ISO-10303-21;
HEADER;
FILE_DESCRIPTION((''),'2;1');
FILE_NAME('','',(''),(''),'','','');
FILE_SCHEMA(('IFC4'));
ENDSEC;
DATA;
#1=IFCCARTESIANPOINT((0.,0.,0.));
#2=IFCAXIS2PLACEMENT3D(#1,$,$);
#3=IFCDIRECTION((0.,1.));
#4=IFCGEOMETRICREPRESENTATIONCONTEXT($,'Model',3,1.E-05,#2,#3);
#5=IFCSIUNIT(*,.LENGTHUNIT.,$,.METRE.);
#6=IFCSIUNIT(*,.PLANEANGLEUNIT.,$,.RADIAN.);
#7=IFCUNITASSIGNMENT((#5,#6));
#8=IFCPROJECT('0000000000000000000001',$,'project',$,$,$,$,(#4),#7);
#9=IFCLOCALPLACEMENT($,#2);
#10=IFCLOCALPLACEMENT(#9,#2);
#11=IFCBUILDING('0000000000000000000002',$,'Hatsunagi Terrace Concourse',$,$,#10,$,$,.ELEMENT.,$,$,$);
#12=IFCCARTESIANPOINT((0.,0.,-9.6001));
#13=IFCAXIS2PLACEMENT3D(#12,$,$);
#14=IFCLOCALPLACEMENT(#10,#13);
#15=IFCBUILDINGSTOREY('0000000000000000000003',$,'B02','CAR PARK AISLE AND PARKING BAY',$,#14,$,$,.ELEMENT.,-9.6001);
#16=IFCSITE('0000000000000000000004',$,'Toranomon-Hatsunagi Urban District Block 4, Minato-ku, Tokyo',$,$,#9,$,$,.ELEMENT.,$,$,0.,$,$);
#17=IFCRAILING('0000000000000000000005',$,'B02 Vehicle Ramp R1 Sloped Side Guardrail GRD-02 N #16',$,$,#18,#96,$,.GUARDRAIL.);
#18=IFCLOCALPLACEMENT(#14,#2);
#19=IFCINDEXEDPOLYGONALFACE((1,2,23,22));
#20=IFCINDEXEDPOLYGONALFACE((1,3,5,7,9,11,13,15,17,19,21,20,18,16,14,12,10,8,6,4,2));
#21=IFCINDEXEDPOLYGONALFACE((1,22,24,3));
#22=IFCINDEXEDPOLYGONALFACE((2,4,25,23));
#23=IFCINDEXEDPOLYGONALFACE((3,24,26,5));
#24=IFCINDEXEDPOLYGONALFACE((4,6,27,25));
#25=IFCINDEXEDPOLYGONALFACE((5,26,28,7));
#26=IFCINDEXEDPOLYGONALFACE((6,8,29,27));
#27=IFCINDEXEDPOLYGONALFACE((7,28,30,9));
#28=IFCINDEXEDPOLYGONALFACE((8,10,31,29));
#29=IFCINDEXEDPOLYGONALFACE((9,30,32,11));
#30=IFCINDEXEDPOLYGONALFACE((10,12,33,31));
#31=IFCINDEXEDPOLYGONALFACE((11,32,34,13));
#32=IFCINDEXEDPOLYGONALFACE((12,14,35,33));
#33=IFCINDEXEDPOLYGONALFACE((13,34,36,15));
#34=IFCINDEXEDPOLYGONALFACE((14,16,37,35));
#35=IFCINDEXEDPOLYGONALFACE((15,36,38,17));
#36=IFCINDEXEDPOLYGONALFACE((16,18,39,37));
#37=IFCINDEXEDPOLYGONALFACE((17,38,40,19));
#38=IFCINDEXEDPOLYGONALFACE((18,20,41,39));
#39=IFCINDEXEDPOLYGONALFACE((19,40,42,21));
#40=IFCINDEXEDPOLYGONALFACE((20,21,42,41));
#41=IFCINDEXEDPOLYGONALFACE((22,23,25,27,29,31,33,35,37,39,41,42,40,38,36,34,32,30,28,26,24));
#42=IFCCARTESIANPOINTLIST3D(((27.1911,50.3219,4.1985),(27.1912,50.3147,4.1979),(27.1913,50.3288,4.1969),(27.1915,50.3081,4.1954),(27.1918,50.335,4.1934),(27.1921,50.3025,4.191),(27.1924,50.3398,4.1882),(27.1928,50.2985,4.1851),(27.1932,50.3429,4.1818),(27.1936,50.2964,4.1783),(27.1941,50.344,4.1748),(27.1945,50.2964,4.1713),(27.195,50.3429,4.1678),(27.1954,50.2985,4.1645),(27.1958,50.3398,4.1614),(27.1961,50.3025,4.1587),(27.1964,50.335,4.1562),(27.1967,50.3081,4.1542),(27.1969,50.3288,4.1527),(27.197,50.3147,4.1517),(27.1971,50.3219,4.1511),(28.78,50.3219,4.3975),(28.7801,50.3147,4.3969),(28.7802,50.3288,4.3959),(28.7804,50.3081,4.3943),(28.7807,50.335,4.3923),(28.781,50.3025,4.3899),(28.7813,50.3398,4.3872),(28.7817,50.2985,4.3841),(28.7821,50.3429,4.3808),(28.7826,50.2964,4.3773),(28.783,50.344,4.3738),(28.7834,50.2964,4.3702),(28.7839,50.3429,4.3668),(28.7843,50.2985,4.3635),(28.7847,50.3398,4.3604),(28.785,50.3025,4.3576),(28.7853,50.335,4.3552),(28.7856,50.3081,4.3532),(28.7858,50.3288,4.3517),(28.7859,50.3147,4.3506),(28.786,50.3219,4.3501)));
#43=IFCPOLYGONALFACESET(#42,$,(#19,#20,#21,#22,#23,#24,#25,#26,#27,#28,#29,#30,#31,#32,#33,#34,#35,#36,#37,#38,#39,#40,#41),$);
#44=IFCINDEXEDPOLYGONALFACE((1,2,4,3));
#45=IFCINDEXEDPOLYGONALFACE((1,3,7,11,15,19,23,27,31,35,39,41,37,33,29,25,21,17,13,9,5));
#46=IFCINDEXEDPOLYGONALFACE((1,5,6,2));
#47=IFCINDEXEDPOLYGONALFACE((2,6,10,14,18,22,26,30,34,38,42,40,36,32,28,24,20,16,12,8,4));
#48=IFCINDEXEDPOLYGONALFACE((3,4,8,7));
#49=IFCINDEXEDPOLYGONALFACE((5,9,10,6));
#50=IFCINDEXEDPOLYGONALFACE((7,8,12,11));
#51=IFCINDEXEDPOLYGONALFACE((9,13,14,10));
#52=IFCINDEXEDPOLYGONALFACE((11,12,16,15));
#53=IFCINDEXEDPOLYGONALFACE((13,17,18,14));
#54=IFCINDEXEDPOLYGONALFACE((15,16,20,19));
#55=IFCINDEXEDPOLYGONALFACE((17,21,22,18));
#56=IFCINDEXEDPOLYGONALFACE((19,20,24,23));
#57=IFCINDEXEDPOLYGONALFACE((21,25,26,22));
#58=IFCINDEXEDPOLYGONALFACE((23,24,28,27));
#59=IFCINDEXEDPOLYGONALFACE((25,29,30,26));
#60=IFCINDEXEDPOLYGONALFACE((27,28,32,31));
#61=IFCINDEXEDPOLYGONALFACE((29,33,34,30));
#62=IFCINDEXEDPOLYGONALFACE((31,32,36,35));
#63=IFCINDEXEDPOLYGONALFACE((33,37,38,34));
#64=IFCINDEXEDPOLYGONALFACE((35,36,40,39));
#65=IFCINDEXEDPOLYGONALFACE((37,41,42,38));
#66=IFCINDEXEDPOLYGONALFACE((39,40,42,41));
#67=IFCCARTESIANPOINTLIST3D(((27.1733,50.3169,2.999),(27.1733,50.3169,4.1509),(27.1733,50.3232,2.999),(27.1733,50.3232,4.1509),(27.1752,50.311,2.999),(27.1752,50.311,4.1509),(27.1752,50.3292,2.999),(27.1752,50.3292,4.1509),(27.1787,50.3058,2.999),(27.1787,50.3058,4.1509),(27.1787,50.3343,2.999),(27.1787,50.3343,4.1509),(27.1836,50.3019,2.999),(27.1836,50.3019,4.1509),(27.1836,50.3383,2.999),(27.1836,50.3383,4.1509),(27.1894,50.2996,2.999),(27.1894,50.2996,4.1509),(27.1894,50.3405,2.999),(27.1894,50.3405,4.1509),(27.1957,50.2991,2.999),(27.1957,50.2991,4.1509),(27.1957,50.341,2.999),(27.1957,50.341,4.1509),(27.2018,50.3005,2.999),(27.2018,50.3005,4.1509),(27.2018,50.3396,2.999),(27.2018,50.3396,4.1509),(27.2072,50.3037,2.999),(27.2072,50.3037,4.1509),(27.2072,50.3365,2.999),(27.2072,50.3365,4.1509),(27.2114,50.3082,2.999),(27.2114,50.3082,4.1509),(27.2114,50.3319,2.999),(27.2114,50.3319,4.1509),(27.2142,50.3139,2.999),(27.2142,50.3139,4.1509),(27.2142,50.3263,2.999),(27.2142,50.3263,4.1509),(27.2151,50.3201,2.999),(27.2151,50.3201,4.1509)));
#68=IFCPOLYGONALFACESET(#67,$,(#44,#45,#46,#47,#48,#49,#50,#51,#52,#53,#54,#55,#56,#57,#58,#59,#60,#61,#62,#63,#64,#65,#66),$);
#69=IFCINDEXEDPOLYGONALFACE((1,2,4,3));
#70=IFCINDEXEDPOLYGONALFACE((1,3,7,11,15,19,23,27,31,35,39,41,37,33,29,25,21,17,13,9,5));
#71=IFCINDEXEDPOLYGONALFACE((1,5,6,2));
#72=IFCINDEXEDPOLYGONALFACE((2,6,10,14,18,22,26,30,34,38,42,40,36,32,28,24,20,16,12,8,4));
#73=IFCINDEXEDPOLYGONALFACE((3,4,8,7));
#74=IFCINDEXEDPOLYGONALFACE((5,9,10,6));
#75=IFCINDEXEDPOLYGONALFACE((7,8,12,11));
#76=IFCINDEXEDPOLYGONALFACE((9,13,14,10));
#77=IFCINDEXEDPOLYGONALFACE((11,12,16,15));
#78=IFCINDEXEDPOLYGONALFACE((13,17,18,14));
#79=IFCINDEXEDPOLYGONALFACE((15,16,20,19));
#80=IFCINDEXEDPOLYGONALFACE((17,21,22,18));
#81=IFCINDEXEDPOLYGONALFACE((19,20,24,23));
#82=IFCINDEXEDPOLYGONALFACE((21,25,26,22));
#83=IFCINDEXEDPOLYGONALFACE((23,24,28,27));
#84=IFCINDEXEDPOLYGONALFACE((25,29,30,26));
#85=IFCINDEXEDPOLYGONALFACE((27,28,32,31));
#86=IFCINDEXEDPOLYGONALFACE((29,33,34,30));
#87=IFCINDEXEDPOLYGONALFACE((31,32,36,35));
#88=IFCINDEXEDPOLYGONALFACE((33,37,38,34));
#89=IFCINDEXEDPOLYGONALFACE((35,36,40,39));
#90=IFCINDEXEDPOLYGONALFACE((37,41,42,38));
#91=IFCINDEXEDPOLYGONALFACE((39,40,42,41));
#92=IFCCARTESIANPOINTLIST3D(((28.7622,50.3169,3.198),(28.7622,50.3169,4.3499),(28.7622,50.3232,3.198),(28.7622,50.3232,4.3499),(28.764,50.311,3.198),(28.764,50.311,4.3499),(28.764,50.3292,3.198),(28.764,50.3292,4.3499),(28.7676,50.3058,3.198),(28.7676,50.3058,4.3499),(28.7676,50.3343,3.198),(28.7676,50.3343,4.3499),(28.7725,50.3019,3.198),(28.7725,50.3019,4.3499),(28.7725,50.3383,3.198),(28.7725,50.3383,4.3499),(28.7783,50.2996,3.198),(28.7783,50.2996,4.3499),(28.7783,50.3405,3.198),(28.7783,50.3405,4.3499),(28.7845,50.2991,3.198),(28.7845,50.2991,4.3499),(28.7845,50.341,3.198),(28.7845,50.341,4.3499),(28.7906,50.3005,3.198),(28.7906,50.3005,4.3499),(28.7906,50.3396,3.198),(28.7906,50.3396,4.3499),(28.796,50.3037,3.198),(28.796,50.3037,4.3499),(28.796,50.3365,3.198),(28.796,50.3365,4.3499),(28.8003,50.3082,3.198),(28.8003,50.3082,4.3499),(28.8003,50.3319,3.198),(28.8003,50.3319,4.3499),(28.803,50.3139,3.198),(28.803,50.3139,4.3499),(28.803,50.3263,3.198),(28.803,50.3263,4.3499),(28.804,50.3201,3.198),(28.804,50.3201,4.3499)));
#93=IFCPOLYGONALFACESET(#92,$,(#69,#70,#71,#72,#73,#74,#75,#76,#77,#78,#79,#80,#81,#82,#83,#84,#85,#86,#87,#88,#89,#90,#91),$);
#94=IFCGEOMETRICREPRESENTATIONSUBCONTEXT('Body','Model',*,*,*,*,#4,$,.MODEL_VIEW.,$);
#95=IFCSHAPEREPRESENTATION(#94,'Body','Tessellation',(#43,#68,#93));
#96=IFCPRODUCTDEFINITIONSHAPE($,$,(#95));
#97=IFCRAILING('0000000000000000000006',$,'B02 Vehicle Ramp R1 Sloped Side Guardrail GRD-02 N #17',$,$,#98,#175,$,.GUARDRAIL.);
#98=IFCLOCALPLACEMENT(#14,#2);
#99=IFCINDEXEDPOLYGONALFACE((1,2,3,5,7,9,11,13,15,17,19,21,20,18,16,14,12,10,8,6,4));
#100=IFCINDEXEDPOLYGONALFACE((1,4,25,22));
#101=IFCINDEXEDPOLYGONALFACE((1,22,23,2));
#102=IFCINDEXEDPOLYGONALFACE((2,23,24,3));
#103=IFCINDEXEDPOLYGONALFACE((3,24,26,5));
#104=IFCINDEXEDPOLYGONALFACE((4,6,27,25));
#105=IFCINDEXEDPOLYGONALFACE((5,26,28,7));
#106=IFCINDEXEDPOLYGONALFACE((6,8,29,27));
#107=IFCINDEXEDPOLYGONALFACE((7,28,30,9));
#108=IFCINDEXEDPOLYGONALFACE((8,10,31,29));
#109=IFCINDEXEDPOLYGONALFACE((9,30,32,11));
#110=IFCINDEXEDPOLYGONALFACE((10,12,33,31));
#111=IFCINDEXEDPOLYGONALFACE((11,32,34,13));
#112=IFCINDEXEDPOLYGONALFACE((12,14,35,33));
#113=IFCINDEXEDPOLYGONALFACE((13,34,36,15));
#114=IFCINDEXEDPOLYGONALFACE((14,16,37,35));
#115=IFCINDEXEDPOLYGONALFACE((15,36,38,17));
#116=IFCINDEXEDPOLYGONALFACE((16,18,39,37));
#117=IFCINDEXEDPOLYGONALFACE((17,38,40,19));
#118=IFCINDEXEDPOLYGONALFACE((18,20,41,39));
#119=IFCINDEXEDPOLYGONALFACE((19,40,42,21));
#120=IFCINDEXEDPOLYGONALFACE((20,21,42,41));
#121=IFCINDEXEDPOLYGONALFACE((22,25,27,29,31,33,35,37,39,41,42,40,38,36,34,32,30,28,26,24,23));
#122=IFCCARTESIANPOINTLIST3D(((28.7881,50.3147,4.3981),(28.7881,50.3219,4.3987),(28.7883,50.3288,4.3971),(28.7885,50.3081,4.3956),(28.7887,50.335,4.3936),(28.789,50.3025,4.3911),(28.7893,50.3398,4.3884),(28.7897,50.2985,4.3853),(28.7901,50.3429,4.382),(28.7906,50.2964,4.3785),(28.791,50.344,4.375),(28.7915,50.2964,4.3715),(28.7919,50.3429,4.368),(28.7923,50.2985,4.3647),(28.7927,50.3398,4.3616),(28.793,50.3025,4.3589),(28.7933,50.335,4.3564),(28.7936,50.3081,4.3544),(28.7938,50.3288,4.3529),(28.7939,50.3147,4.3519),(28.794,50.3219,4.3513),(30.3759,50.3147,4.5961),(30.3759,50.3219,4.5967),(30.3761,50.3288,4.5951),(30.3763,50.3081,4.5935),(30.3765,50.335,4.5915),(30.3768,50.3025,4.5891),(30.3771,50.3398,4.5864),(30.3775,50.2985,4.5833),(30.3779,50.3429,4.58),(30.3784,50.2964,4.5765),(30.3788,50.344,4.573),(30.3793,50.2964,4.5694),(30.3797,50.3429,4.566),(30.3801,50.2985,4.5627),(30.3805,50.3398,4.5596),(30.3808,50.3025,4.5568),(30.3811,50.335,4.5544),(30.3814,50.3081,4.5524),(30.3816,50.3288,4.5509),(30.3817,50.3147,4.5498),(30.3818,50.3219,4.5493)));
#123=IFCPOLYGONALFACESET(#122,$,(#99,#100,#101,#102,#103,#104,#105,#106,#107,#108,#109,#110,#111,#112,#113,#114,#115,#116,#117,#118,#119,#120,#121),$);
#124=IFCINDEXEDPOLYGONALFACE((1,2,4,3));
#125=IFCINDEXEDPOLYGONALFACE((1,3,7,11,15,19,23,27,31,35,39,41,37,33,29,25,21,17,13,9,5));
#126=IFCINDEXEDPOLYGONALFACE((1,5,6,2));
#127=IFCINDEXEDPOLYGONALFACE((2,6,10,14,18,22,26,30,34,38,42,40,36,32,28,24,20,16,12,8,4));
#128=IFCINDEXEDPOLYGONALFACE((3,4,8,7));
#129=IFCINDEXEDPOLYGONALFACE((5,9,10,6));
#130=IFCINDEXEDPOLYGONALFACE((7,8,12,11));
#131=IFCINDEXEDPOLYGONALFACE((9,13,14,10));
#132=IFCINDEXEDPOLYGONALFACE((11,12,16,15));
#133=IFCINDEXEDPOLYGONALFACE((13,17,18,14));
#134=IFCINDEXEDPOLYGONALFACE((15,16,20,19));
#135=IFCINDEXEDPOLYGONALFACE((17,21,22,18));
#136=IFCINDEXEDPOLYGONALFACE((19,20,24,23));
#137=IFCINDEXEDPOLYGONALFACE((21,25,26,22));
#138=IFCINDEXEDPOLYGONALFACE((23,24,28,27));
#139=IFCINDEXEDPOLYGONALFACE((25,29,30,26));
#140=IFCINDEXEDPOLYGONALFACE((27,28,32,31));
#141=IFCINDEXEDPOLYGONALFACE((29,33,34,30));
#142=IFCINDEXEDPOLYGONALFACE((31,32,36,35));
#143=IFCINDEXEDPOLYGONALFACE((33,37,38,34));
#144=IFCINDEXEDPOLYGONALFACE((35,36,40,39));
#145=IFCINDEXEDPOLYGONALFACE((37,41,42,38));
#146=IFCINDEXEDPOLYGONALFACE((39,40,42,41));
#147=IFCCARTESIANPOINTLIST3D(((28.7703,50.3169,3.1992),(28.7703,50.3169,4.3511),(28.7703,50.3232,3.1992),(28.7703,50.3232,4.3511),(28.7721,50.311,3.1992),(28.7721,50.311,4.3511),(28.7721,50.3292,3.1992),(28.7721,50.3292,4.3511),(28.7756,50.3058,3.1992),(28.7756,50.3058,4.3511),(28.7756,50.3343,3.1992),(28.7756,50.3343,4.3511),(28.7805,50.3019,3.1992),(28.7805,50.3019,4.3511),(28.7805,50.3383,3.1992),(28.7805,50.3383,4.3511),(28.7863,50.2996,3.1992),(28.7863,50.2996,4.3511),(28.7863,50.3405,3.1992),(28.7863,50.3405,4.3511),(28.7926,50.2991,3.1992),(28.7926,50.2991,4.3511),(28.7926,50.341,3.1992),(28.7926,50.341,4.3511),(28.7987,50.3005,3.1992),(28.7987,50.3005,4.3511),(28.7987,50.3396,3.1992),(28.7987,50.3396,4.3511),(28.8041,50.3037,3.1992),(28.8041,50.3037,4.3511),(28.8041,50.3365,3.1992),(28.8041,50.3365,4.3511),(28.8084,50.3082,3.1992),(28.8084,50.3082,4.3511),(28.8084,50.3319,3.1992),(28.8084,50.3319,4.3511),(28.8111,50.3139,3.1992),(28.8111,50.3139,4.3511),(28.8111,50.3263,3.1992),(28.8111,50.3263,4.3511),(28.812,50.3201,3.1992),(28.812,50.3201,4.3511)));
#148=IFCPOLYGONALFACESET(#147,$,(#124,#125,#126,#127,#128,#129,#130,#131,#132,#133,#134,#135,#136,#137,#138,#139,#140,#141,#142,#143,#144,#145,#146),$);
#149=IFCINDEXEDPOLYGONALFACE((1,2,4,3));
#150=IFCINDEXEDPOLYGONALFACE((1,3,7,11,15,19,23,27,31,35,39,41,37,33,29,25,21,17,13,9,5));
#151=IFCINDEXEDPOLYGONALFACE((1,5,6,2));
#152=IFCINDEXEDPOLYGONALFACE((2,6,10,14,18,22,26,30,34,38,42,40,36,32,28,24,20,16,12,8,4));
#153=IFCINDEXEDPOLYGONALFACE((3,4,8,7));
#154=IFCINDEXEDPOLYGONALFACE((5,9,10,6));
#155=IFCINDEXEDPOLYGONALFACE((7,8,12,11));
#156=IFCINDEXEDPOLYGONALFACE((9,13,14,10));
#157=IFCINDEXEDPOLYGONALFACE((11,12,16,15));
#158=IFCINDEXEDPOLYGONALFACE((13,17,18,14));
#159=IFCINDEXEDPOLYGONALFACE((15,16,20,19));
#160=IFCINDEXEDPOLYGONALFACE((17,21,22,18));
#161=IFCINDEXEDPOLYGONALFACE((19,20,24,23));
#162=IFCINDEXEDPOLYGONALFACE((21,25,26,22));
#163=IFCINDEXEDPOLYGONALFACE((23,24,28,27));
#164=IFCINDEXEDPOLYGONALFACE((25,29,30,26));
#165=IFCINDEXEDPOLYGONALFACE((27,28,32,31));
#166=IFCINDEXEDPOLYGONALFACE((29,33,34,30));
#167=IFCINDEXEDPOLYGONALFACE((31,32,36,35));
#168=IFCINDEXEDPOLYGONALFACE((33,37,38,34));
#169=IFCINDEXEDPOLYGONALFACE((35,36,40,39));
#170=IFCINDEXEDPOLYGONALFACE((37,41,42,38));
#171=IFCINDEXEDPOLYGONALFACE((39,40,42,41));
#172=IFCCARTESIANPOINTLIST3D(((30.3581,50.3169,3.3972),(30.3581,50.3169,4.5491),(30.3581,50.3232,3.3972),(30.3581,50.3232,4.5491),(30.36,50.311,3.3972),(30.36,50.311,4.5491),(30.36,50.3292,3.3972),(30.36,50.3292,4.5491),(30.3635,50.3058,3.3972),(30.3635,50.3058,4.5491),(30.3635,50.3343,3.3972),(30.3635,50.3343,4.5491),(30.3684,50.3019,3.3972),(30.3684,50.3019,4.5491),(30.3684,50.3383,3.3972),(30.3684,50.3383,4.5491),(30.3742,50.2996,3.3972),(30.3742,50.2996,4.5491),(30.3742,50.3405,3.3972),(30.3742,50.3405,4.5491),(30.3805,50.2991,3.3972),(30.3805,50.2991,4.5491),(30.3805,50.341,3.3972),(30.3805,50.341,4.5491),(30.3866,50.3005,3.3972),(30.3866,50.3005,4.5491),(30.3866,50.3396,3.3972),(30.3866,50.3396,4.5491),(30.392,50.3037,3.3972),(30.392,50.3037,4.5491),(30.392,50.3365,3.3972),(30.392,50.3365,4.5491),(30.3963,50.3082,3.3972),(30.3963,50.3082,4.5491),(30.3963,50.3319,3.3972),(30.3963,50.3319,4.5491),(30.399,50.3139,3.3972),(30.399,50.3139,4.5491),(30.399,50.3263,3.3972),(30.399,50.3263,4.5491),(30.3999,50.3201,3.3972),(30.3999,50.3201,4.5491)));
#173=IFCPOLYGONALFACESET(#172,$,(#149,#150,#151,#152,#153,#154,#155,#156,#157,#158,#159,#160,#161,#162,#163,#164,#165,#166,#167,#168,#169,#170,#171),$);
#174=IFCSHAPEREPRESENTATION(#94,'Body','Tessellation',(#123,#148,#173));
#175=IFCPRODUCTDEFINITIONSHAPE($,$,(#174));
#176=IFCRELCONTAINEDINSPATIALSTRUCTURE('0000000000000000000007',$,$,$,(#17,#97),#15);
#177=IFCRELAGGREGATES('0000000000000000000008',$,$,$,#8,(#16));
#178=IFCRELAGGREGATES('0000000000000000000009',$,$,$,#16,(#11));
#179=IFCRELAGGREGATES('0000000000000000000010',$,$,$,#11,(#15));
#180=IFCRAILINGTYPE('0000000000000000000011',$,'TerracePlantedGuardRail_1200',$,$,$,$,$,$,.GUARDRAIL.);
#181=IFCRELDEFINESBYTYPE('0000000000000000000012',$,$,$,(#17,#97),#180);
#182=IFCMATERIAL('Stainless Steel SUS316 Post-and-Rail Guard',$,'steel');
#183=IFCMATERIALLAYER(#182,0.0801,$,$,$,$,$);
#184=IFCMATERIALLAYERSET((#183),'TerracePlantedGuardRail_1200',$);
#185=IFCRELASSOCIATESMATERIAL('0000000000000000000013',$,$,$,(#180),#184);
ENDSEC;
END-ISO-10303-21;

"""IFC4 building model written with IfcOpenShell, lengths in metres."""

from ifc_helpers import new_model, si_unit, direction, frame, origin, origin_2d, place, context, subcontext, project, spatial, circle, extrude, material, layer, layer_set, type_object, element, save


model = new_model("IFC4")

# Units and contexts
model_context = context("Model", 3, precision=1e-05, world=origin(), true_north=direction((0.0, 1.0)))
body_context = subcontext(model_context, "Body", "Model", "MODEL_VIEW")
ifc_project = project(units=[si_unit("LENGTHUNIT", "METRE"), si_unit("PLANEANGLEUNIT", "RADIAN")], contexts=[model_context])

# Site, building, storey
site_placement = place(None, origin())
site = spatial("IfcSite", under=ifc_project, at=site_placement, Name="Toranomon-Hatsunagi Urban District Block 4, Minato-ku, Tokyo", CompositionType="ELEMENT", RefElevation=0.0)
building_placement = place(site_placement, origin())
building = spatial("IfcBuilding", under=site, at=building_placement, Name="Hatsunagi Terrace Concourse", CompositionType="ELEMENT")
storey_placement = place(building_placement, frame((0.0, 0.0, -9.6001)))
storey = spatial("IfcBuildingStorey", under=building, at=storey_placement, Name="B02", Description="CAR PARK AISLE AND PARKING BAY", CompositionType="ELEMENT", Elevation=-9.6001)

# Railings
ifc_material_1 = material(Name="Stainless Steel SUS316 Post-and-Rail Guard", Category="steel")
ifc_layer_1 = layer(ifc_material_1, 0.0801)
ifc_layer_set_1 = layer_set([ifc_layer_1], Name="TerracePlantedGuardRail_1200")
railing_type = type_object("IfcRailingType", Name="TerracePlantedGuardRail_1200", PredefinedType="GUARDRAIL", material=ifc_layer_set_1)
railing_1_placement = place(storey_placement, frame((27.1941, 50.3201, 2.999)))
element("IfcRailing", 1, at=railing_1_placement, inside=storey, type_object=railing_type, Name="B02 Vehicle Ramp R1 Sloped Side Guardrail GRD-02 N #16", PredefinedType="GUARDRAIL", context=body_context, shape_type="SweptSolid", body=[
    extrude(circle(Radius=0.0239, at=origin_2d()), frame((0.0, 0.0, 1.1758), z_axis=(0.99225, 0.0, 0.12426), x_axis=(0.0, 1.0, 0.0)), (0.0, 0.0, 1.0), 1.6013),
    extrude(circle(Radius=0.021, at=origin_2d()), origin(), (0.0, 0.0, 1.0), 1.1519),
    extrude(circle(Radius=0.021, at=origin_2d()), frame((1.5889, 0.0, 0.199)), (0.0, 0.0, 1.0), 1.1519),
])
railing_2_placement = place(storey_placement, frame((28.791, 50.3201, 3.1992)))
element("IfcRailing", 2, at=railing_2_placement, inside=storey, type_object=railing_type, Name="B02 Vehicle Ramp R1 Sloped Side Guardrail GRD-02 N #17", PredefinedType="GUARDRAIL", context=body_context, shape_type="SweptSolid", body=[
    extrude(circle(Radius=0.0239, at=origin_2d()), frame((0.0, 0.0, 1.1758), z_axis=(0.992315, 0.0, 0.123734), x_axis=(0.0, 1.0, 0.0)), (0.0, 0.0, 1.0), 1.6001),
    extrude(circle(Radius=0.021, at=origin_2d()), origin(), (0.0, 0.0, 1.0), 1.1519),
    extrude(circle(Radius=0.021, at=origin_2d()), frame((1.5879, 0.0, 0.198)), (0.0, 0.0, 1.0), 1.1519),
])

save(model, "model.ifc")
